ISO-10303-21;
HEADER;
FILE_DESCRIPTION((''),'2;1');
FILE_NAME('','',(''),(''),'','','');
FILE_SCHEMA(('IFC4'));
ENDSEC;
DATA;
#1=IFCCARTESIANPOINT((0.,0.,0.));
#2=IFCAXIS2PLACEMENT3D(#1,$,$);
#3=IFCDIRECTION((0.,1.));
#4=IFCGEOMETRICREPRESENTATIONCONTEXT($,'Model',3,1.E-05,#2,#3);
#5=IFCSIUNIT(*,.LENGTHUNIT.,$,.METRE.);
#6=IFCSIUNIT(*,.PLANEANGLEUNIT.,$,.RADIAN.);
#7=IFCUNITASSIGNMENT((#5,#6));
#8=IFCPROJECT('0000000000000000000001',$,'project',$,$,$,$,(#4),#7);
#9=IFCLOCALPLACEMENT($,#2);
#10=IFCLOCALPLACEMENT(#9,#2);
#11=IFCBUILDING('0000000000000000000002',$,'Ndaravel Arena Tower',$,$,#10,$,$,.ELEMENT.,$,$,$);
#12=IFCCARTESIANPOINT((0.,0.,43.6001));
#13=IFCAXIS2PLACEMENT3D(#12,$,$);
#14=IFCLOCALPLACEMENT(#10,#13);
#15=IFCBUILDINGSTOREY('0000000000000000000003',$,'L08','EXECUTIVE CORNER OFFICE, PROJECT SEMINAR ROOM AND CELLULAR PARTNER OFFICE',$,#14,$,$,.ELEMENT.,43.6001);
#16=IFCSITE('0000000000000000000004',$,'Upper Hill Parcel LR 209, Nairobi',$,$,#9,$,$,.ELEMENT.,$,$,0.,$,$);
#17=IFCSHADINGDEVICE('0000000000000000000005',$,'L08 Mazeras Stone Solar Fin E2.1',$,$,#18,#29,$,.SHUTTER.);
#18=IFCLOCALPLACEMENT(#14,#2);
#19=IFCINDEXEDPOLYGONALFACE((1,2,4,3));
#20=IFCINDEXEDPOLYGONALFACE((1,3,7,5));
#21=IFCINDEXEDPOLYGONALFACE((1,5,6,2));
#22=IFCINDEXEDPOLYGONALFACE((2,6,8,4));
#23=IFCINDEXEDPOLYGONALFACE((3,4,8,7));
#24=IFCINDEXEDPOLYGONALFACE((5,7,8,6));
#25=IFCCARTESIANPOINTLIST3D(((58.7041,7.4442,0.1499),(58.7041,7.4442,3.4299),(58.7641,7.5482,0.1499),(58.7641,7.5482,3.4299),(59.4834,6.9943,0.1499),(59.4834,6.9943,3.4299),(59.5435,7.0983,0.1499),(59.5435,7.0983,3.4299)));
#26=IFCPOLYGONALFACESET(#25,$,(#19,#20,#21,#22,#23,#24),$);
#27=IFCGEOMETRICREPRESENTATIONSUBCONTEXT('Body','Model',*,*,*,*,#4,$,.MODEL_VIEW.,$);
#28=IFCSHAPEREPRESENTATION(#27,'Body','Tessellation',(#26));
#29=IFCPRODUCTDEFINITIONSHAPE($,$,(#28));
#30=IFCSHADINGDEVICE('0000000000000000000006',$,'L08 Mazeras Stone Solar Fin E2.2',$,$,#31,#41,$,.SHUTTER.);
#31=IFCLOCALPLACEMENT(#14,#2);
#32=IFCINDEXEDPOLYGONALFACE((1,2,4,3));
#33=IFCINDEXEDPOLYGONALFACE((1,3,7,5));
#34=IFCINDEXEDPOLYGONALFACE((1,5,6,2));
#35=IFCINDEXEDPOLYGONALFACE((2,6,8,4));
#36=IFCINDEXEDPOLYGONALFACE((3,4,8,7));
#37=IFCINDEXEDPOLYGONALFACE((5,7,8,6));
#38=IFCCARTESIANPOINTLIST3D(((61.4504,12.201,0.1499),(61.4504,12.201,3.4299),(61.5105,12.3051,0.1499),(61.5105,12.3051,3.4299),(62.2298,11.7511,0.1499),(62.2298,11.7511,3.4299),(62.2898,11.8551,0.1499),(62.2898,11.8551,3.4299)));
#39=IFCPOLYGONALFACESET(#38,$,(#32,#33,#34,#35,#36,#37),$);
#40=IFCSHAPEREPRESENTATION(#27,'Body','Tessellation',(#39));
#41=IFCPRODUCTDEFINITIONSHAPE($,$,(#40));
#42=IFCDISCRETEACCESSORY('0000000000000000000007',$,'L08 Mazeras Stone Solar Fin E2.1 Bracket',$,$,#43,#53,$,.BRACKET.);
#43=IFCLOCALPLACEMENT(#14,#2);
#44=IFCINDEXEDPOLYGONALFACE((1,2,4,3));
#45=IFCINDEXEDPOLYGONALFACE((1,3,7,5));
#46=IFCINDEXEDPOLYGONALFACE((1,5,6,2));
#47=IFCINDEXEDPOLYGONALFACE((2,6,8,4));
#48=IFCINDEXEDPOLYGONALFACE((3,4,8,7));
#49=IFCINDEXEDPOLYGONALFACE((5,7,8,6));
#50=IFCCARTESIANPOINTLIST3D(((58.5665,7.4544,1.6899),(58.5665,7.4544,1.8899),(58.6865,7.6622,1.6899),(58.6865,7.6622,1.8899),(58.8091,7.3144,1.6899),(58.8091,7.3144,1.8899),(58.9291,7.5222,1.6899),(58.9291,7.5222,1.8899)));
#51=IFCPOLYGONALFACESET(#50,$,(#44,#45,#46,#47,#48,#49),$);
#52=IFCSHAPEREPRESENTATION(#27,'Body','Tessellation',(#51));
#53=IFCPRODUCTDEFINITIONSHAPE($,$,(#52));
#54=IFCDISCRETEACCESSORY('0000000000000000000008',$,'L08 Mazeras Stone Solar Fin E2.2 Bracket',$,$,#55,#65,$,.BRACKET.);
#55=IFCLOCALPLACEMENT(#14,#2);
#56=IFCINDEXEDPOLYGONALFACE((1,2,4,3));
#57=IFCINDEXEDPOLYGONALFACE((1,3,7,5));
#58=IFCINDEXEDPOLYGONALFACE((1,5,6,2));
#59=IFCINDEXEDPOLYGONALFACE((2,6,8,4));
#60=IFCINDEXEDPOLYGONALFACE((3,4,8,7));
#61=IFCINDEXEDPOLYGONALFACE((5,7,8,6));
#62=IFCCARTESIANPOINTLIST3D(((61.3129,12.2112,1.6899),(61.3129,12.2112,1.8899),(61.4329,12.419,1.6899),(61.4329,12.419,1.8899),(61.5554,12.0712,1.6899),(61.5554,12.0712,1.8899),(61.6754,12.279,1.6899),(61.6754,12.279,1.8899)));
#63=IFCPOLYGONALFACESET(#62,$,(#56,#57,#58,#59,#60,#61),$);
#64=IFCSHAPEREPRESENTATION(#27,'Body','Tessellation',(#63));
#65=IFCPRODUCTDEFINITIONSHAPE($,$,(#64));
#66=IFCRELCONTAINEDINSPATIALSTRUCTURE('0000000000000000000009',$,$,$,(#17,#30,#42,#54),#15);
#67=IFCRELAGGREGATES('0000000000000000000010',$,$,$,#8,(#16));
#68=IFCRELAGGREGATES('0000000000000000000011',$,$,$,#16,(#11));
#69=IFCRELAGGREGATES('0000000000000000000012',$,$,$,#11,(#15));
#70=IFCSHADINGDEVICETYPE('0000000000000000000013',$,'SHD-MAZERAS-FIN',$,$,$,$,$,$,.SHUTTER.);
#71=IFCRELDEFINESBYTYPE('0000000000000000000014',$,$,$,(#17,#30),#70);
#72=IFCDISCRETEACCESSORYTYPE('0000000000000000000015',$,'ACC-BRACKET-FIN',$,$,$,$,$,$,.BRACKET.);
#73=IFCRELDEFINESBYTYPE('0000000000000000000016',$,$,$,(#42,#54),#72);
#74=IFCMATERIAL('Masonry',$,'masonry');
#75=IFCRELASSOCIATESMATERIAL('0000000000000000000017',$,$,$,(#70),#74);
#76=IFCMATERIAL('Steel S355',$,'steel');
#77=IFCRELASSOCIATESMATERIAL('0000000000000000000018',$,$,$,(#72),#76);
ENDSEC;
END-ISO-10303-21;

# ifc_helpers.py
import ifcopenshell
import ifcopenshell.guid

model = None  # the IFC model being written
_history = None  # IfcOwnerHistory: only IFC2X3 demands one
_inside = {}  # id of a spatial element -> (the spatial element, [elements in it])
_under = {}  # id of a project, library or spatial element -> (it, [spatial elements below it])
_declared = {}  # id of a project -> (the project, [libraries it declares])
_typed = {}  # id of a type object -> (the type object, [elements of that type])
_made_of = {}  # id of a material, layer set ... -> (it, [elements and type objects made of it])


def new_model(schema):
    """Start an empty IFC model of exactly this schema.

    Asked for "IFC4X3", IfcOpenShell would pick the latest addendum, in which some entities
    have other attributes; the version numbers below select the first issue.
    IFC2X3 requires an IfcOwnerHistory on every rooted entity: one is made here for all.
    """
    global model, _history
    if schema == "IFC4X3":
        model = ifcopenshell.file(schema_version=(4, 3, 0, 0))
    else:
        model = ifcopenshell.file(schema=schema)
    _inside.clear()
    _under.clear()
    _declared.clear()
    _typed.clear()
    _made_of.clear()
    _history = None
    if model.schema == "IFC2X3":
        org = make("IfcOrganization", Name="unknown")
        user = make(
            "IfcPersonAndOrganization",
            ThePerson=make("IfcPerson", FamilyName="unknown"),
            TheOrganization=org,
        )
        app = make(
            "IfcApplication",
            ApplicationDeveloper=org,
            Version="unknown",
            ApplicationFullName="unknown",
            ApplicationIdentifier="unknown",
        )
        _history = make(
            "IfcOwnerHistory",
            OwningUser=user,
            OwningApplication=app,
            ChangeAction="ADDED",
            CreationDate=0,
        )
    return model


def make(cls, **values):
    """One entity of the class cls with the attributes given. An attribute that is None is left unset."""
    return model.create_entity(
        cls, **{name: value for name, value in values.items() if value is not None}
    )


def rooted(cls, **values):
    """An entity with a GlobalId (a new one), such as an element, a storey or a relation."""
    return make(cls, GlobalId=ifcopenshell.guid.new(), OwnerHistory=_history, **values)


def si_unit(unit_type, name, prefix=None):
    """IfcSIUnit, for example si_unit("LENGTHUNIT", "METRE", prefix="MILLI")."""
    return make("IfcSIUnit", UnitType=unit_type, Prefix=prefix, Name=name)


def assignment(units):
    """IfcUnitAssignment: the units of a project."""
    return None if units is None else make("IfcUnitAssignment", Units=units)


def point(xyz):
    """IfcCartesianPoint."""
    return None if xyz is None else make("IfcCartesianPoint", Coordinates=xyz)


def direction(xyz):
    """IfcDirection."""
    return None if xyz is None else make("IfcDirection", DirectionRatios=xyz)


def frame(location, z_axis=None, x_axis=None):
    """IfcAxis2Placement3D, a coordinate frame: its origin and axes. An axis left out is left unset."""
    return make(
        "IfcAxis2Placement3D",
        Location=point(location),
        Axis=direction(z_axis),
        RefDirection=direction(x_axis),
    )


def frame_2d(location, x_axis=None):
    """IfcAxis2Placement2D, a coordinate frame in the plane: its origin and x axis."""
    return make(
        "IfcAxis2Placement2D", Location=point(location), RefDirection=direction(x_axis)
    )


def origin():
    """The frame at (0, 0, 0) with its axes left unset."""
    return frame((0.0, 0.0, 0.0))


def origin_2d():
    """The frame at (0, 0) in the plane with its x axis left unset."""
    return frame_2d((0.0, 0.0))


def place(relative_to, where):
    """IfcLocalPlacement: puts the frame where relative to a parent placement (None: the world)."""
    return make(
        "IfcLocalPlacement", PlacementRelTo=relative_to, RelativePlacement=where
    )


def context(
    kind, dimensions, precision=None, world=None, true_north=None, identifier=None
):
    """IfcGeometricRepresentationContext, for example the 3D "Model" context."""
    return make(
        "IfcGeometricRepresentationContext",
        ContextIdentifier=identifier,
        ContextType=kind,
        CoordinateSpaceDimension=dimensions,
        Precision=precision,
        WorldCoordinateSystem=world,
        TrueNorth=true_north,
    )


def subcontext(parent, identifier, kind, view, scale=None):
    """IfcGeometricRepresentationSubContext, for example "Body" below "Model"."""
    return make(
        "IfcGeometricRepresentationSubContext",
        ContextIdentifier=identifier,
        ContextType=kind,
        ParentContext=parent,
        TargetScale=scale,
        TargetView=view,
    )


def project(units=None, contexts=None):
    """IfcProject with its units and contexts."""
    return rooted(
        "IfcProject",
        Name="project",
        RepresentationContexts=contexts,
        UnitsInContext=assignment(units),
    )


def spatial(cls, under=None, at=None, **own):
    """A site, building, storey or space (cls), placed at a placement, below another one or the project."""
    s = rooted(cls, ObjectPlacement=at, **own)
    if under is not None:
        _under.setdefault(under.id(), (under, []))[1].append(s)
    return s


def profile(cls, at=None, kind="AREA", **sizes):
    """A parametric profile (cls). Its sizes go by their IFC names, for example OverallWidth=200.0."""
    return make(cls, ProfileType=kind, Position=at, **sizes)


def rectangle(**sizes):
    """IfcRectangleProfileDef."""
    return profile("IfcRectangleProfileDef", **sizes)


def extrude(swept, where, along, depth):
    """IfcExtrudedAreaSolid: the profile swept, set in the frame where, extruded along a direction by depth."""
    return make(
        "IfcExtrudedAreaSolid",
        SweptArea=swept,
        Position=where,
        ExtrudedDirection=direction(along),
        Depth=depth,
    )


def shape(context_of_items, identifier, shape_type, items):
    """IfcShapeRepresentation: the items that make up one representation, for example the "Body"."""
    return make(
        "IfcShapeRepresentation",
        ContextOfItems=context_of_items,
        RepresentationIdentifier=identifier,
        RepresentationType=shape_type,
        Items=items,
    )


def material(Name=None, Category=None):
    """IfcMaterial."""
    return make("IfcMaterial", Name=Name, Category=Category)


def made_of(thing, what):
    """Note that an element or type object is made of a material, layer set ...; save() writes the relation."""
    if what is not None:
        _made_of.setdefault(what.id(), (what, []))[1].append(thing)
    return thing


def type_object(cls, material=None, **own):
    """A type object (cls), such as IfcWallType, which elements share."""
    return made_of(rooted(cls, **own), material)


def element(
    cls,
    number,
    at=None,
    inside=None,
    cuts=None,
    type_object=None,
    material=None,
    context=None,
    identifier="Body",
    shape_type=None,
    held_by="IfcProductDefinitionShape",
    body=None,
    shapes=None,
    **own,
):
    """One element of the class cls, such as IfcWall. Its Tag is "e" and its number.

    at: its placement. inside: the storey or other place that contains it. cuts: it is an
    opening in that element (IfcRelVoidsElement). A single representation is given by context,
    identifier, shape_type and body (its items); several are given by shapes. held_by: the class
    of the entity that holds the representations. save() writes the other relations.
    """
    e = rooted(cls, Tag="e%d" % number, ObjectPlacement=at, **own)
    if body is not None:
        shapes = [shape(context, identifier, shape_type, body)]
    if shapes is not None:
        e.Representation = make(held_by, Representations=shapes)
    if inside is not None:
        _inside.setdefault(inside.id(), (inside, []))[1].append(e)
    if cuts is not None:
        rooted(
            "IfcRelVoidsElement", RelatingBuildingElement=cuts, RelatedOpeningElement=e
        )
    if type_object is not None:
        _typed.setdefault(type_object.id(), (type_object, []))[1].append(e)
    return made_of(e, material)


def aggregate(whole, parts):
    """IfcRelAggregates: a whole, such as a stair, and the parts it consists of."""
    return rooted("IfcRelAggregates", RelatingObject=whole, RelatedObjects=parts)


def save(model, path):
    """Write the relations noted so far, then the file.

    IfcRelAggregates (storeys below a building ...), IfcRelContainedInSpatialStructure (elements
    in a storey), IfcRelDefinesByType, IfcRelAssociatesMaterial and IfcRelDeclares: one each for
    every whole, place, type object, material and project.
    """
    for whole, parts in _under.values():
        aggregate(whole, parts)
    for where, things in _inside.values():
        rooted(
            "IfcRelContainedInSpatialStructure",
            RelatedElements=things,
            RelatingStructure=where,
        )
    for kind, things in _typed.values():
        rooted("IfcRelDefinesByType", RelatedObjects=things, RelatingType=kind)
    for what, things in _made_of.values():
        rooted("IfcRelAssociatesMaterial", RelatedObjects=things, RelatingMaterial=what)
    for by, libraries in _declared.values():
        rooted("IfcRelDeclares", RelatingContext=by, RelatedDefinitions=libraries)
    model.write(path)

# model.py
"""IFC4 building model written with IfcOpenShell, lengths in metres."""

from ifc_helpers import new_model, si_unit, direction, frame, origin, origin_2d, place, context, subcontext, project, spatial, rectangle, extrude, material, type_object, element, save


model = new_model("IFC4")

# Units and contexts
model_context = context("Model", 3, precision=1e-05, world=origin(), true_north=direction((0.0, 1.0)))
body_context = subcontext(model_context, "Body", "Model", "MODEL_VIEW")
ifc_project = project(units=[si_unit("LENGTHUNIT", "METRE"), si_unit("PLANEANGLEUNIT", "RADIAN")], contexts=[model_context])

# Site, building, storey
site_placement = place(None, origin())
site = spatial("IfcSite", under=ifc_project, at=site_placement, Name="Upper Hill Parcel LR 209, Nairobi", CompositionType="ELEMENT", RefElevation=0.0)
building_placement = place(site_placement, origin())
building = spatial("IfcBuilding", under=site, at=building_placement, Name="Ndaravel Arena Tower", CompositionType="ELEMENT")
storey_placement = place(building_placement, frame((0.0, 0.0, 43.6001)))
storey = spatial("IfcBuildingStorey", under=building, at=storey_placement, Name="L08", Description="EXECUTIVE CORNER OFFICE, PROJECT SEMINAR ROOM AND CELLULAR PARTNER OFFICE", CompositionType="ELEMENT", Elevation=43.6001)

# Shading devices
ifc_material_1 = material(Name="Masonry", Category="masonry")
shading_device_type = type_object("IfcShadingDeviceType", Name="SHD-MAZERAS-FIN", PredefinedType="SHUTTER", material=ifc_material_1)
for number, where, z_axis, x_axis, name in (
    (1, (59.1238, 7.2712, 0.1499), (0.0, 0.0, 1.0), (0.866025, -0.5, 0.0), "L08 Mazeras Stone Solar Fin E2.1"),
    (2, (61.8701, 12.0281, 0.1499), (0.0, 0.0, 1.0), (0.866025, -0.5, 0.0), "L08 Mazeras Stone Solar Fin E2.2"),
):
    element("IfcShadingDevice", number, at=place(storey_placement, frame(where, z_axis=z_axis, x_axis=x_axis)), inside=storey, type_object=shading_device_type, Name=name, PredefinedType="SHUTTER", context=body_context, shape_type="SweptSolid", body=[
        extrude(rectangle(XDim=0.8999, YDim=0.1201, at=origin_2d()), origin(), (0.0, 0.0, 1.0), 3.28),
    ])

# Discrete accessories
ifc_material_2 = material(Name="Steel S355", Category="steel")
discrete_accessory_type = type_object("IfcDiscreteAccessoryType", Name="ACC-BRACKET-FIN", PredefinedType="BRACKET", material=ifc_material_2)
for number, where, z_axis, x_axis, name in (
    (3, (58.7478, 7.4883, 1.6899), (0.0, 0.0, 1.0), (0.866025, -0.5, 0.0), "L08 Mazeras Stone Solar Fin E2.1 Bracket"),
    (4, (61.4941, 12.2451, 1.6899), (0.0, 0.0, 1.0), (0.866025, -0.5, 0.0), "L08 Mazeras Stone Solar Fin E2.2 Bracket"),
):
    element("IfcDiscreteAccessory", number, at=place(storey_placement, frame(where, z_axis=z_axis, x_axis=x_axis)), inside=storey, type_object=discrete_accessory_type, Name=name, PredefinedType="BRACKET", context=body_context, shape_type="SweptSolid", body=[
        extrude(rectangle(XDim=0.28, YDim=0.24, at=origin_2d()), origin(), (0.0, 0.0, 1.0), 0.2),
    ])

save(model, "model.ifc")
